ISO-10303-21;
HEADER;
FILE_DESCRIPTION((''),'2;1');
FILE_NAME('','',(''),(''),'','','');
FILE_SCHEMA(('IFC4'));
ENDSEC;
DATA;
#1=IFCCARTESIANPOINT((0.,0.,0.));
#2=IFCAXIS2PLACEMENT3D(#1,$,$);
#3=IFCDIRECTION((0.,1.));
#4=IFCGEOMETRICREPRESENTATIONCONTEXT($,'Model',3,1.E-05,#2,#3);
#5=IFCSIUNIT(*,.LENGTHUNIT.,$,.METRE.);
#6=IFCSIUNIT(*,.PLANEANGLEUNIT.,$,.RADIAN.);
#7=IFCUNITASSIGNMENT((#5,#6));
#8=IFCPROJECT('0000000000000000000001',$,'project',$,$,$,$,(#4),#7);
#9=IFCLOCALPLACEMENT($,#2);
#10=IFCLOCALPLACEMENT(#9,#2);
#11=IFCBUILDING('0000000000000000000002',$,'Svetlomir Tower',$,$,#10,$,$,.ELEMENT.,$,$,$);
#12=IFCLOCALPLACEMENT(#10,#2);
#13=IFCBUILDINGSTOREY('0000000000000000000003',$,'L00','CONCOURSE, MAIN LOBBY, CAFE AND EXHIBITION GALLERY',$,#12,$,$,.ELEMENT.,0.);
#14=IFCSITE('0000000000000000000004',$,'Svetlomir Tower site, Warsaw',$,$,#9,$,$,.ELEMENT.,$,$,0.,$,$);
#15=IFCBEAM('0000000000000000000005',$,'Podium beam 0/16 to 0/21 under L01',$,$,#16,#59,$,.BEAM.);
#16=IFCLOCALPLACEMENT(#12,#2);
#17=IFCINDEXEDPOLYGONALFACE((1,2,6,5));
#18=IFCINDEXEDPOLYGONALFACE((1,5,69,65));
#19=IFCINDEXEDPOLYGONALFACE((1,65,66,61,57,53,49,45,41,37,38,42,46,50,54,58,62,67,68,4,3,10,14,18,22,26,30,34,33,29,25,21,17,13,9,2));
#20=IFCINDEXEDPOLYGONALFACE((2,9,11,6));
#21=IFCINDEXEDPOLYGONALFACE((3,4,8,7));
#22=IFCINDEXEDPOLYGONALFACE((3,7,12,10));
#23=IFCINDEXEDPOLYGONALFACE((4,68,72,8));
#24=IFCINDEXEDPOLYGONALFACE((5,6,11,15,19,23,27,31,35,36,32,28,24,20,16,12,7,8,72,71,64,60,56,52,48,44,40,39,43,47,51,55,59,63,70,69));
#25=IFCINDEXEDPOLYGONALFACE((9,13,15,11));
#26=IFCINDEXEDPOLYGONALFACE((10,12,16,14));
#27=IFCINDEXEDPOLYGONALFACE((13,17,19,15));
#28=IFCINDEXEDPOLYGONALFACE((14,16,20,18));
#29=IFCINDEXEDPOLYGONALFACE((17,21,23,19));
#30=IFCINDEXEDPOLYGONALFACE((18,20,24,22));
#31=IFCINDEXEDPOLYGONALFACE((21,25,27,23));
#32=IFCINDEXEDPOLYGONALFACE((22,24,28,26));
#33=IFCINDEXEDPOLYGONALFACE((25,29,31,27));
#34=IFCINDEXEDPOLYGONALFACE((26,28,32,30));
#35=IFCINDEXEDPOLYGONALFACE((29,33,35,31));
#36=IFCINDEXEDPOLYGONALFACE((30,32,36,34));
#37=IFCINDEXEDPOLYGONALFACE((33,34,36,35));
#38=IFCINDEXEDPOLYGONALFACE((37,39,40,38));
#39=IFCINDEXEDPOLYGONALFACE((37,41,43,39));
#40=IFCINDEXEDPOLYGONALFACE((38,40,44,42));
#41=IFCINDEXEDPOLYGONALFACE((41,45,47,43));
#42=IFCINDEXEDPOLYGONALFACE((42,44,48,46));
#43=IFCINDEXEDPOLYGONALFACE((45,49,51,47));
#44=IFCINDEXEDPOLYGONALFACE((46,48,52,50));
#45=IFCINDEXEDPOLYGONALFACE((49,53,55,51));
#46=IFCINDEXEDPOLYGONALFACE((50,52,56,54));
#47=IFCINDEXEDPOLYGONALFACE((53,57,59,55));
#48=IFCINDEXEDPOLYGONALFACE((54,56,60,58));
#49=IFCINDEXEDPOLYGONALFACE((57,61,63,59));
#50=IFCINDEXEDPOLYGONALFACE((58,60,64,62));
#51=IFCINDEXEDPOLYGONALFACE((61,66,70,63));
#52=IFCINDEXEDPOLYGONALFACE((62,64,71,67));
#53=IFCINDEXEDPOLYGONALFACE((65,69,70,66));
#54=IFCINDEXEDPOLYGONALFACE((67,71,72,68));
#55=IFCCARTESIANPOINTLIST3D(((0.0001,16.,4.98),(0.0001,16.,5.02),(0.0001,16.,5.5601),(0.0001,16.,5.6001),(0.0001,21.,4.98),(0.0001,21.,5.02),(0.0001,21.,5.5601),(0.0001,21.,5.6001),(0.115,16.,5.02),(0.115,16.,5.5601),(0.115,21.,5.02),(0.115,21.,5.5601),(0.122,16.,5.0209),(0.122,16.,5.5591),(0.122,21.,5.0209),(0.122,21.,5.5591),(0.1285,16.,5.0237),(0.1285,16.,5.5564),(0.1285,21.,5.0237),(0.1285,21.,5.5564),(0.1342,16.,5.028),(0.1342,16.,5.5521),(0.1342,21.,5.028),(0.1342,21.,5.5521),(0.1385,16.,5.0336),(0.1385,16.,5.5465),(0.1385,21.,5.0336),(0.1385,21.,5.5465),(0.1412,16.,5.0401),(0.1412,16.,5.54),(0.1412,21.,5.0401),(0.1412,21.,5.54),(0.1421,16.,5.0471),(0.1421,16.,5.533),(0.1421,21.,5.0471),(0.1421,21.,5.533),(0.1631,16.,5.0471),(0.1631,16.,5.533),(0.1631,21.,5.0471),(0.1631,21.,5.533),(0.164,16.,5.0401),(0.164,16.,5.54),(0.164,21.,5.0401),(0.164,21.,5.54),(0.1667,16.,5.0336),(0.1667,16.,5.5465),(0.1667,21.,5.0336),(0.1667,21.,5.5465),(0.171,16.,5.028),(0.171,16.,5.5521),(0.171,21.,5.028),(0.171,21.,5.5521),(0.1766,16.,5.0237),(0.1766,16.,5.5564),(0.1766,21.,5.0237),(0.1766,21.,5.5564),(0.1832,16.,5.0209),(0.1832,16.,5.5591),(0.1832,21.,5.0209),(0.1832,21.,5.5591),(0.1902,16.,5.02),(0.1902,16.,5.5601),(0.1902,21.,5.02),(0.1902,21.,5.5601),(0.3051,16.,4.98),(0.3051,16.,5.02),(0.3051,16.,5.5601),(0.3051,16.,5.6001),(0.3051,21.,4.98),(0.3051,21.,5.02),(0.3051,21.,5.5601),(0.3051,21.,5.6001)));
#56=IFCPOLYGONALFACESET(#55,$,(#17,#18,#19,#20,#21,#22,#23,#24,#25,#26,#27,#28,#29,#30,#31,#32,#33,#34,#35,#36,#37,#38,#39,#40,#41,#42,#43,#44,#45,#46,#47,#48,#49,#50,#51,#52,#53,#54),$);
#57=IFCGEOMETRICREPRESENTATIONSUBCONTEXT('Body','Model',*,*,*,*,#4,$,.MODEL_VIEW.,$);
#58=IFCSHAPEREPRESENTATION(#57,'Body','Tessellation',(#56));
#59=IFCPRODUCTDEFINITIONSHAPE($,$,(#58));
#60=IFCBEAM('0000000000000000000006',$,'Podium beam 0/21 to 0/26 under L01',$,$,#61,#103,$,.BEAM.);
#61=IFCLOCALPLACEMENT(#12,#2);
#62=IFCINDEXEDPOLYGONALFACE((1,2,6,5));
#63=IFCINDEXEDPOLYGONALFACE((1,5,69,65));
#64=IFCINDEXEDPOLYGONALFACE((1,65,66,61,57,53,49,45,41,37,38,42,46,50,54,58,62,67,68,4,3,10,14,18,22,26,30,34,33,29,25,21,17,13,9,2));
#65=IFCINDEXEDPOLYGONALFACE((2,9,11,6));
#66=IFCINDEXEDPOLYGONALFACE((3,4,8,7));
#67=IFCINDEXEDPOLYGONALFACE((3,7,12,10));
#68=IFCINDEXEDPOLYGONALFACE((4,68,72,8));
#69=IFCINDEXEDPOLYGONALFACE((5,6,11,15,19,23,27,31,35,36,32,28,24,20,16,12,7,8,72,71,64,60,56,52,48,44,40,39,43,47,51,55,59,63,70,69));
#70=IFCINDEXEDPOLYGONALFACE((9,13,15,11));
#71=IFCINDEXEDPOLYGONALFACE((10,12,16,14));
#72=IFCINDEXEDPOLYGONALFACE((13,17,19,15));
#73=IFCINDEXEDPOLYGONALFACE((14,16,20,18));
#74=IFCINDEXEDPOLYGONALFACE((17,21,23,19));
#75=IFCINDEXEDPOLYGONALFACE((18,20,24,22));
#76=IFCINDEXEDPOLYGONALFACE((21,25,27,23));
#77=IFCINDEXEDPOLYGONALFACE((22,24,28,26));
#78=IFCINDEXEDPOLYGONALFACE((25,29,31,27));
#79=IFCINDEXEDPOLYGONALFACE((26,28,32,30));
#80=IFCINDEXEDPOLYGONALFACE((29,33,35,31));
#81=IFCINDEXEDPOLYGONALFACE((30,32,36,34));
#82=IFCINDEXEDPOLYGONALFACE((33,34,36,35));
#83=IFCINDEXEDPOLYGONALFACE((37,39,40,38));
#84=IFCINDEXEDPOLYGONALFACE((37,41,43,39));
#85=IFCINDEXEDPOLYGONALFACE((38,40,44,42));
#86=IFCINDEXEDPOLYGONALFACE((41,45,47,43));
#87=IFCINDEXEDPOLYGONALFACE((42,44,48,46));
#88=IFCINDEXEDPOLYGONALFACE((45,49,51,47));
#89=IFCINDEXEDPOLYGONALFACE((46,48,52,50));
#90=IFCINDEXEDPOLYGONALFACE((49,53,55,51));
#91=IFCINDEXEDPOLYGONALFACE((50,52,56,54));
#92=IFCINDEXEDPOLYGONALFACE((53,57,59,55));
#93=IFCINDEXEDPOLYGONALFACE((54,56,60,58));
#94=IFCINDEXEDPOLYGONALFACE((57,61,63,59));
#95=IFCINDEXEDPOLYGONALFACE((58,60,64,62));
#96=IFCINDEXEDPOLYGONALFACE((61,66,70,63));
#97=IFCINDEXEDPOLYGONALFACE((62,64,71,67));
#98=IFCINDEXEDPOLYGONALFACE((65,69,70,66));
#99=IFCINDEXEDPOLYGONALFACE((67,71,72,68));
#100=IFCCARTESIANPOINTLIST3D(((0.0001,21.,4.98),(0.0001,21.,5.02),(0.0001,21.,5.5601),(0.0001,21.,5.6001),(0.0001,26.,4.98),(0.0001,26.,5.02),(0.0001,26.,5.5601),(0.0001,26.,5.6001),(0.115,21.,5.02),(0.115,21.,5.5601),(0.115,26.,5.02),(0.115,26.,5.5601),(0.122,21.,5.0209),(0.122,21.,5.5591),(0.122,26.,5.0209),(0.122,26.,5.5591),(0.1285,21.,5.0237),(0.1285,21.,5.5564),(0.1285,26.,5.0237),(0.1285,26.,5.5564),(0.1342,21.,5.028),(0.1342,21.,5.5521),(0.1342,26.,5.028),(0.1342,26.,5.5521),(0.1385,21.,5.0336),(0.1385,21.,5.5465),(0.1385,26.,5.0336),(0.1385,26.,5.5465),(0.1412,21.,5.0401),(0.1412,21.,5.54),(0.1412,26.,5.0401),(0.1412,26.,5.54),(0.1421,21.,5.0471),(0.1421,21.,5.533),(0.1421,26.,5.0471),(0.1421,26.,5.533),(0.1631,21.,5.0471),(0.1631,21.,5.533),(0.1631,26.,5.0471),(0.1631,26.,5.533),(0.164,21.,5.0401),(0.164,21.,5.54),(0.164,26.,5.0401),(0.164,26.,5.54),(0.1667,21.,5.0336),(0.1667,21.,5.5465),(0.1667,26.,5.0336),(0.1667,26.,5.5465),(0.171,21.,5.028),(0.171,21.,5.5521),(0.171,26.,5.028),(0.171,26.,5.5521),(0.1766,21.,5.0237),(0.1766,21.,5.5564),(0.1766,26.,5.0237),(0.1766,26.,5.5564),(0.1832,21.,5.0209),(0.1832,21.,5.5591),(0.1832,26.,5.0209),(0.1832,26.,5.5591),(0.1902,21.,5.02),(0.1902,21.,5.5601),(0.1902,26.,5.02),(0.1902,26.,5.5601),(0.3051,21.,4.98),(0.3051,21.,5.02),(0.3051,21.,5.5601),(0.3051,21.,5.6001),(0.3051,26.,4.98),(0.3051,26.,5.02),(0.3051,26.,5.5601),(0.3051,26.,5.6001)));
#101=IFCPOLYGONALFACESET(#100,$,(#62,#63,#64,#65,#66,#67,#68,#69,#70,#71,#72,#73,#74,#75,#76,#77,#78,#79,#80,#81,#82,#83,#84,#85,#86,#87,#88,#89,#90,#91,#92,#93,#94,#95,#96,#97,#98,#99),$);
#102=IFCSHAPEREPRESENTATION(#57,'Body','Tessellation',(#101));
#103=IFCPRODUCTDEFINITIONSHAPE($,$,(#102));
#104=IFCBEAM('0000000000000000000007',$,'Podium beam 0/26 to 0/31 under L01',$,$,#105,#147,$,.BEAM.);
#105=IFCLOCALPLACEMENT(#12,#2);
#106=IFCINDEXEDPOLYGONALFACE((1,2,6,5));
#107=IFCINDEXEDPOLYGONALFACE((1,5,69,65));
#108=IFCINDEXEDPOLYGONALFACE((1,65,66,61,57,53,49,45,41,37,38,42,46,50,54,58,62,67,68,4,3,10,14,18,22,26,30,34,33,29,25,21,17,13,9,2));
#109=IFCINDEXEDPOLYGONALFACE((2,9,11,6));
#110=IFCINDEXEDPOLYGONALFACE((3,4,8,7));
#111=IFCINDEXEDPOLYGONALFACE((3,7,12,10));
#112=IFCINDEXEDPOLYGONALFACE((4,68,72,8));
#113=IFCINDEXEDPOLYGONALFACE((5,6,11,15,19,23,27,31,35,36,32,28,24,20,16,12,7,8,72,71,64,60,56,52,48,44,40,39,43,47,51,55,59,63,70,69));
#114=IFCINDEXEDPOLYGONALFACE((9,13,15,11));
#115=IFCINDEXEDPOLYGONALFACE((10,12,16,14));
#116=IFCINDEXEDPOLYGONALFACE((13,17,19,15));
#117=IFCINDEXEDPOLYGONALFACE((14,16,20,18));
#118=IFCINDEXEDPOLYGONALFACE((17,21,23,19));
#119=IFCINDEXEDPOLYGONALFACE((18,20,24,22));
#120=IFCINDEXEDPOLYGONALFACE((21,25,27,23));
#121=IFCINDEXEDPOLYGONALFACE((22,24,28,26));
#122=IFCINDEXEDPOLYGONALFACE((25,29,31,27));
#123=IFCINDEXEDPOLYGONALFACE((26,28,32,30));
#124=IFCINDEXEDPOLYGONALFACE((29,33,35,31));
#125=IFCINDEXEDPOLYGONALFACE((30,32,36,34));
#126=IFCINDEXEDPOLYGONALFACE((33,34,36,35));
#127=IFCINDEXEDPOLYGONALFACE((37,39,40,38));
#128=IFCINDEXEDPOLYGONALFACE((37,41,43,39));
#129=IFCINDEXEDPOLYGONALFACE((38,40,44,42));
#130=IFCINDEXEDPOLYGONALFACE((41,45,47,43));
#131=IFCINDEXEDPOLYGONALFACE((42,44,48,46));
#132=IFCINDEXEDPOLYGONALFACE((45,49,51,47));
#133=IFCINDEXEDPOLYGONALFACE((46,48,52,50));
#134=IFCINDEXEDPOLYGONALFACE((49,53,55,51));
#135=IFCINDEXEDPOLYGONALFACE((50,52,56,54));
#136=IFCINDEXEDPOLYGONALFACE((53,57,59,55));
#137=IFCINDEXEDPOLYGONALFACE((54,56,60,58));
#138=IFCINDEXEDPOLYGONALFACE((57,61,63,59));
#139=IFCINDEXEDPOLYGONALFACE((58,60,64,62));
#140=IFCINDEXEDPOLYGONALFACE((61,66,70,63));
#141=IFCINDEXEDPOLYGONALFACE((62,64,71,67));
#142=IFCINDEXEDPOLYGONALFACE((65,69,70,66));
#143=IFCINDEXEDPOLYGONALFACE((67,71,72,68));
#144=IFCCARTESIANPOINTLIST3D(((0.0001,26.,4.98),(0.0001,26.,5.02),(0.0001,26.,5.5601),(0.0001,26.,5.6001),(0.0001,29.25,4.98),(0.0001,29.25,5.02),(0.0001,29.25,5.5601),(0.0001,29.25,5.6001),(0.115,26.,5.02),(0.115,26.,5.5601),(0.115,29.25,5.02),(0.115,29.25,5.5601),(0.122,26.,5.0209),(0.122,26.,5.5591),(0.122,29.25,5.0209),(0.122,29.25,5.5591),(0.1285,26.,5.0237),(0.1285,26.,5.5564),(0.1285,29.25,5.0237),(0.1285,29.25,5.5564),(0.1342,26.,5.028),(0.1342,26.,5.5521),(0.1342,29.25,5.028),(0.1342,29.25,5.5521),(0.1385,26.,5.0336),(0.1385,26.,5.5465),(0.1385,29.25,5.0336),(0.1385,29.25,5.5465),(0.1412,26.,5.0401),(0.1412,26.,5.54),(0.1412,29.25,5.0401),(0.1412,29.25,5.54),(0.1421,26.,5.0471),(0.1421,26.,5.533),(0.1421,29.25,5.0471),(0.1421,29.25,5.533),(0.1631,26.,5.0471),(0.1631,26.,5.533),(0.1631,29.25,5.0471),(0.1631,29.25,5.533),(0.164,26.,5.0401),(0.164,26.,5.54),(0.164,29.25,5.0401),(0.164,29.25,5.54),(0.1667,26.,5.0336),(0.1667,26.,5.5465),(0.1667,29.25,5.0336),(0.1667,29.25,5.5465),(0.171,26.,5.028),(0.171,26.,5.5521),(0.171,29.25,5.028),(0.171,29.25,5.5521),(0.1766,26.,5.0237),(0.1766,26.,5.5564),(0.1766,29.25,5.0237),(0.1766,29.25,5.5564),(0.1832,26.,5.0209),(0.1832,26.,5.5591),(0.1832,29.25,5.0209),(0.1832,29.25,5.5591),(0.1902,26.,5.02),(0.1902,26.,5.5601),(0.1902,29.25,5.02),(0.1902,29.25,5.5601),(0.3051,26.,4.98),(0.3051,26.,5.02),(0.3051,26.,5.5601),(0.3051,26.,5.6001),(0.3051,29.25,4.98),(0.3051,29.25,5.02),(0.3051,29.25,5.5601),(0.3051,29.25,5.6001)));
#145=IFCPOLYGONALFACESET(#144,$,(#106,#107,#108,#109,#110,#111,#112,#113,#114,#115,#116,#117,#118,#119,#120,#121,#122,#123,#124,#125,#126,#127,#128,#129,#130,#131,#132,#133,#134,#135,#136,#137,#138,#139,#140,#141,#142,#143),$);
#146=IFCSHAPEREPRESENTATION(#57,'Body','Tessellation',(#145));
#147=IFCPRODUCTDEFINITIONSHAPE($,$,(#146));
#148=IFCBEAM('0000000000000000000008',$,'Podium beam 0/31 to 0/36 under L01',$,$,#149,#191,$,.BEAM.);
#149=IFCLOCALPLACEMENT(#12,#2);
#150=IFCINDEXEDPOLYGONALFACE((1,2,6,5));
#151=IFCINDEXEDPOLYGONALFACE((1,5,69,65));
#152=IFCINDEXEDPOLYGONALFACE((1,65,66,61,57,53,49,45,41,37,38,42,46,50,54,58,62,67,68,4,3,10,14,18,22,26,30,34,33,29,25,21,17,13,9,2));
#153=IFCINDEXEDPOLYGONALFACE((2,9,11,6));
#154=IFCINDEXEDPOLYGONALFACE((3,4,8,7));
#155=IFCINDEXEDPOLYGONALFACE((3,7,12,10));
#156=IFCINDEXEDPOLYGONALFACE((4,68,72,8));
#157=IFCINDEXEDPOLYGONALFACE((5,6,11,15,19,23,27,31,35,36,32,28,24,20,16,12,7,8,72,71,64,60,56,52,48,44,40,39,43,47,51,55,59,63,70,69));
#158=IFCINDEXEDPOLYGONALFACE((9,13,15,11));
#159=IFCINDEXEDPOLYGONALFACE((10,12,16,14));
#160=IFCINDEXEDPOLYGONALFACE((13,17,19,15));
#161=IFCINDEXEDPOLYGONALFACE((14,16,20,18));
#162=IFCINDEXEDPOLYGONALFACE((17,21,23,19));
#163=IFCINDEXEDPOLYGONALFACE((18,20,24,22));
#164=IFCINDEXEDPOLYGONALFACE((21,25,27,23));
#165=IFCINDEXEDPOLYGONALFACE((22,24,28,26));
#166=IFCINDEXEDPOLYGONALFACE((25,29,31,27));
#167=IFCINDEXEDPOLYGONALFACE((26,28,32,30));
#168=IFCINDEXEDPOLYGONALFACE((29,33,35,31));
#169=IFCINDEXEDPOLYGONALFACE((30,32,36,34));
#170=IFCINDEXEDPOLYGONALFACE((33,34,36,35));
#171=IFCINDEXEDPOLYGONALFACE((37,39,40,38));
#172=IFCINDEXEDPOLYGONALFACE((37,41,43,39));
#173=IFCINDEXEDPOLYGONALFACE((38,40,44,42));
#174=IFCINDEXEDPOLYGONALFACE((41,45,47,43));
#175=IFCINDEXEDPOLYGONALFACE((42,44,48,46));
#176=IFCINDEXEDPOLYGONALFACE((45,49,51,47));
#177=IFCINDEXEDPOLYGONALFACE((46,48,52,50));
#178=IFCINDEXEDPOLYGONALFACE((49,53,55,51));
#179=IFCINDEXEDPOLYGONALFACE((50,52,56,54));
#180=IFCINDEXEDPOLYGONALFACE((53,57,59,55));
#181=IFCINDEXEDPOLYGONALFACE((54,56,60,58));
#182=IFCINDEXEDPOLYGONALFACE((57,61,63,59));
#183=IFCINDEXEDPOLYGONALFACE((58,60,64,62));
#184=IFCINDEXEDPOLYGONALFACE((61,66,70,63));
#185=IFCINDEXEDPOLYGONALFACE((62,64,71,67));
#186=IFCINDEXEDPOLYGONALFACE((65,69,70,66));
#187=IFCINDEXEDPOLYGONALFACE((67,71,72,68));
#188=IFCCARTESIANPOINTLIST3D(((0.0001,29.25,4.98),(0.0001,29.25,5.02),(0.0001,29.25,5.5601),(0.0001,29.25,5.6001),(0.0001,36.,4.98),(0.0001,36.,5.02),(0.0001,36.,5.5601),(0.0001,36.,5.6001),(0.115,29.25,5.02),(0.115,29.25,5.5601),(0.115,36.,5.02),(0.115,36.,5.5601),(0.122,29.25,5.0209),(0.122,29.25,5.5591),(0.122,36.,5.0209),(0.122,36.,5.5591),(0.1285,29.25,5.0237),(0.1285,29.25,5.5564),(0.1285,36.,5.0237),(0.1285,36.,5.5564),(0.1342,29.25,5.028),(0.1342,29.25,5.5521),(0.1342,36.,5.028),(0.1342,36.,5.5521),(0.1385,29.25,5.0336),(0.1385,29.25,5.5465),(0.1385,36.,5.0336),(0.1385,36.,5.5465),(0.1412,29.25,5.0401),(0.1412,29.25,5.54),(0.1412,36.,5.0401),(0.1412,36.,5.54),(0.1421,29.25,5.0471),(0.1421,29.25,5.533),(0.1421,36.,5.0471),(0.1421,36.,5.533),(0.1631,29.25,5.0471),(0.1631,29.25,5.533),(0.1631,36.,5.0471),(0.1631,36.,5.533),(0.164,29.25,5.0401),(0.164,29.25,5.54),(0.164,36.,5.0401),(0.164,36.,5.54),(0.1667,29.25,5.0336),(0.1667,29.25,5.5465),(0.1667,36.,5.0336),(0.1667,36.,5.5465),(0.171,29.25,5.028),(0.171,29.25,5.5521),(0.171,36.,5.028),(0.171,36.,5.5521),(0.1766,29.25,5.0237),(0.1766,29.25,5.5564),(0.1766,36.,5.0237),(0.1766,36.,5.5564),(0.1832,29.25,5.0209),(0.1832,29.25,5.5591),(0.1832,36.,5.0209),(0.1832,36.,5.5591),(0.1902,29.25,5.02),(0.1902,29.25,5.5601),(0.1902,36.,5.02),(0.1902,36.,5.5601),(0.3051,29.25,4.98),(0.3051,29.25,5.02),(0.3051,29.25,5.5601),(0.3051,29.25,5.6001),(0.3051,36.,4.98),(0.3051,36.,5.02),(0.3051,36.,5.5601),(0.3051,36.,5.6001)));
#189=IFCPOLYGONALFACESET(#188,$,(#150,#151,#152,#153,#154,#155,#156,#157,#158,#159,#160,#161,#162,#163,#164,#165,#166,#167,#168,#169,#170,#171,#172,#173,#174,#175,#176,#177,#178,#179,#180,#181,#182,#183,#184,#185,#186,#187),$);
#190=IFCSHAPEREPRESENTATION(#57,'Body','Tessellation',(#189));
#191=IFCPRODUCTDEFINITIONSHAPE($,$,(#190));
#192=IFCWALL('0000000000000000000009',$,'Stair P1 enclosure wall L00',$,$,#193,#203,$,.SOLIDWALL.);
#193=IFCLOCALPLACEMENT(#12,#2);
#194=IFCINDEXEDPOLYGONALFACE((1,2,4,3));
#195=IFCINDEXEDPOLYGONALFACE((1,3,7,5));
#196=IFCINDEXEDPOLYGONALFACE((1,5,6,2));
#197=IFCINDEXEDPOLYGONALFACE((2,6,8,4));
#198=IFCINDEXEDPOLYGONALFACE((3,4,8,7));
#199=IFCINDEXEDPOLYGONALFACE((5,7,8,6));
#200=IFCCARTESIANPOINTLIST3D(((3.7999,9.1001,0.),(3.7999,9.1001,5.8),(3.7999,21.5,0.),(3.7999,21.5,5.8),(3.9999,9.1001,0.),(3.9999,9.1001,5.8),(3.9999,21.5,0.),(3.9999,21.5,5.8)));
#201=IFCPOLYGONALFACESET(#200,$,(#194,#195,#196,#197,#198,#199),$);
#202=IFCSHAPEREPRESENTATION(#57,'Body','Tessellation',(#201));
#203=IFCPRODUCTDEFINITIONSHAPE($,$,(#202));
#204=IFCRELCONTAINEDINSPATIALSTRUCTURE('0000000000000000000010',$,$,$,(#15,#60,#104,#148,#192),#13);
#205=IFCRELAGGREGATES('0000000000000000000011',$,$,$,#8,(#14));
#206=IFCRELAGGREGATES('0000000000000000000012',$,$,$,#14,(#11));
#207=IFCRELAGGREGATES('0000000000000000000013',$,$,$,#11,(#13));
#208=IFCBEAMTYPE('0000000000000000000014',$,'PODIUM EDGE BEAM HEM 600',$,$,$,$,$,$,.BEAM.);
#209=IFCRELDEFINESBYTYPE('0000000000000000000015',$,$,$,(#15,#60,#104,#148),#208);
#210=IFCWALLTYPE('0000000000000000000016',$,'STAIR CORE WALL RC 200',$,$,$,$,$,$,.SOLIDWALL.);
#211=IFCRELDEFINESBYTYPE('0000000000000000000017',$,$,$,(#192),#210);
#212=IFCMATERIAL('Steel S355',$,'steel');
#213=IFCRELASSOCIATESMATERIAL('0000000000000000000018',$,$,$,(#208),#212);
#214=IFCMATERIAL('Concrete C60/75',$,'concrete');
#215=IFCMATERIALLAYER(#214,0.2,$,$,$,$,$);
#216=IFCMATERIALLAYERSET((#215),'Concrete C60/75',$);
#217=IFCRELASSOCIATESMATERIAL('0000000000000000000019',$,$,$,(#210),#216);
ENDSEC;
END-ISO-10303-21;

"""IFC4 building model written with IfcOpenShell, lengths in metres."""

from ifc_helpers import new_model, si_unit, direction, frame, frame_2d, origin, origin_2d, place, context, subcontext, project, spatial, rectangle, i_section, extrude, material, layer, layer_set, material_profile, profile_set, type_object, element, save


model = new_model("IFC4")

# Units and contexts
model_context = context("Model", 3, precision=1e-05, world=origin(), true_north=direction((0.0, 1.0)))
body_context = subcontext(model_context, "Body", "Model", "MODEL_VIEW")
ifc_project = project(units=[si_unit("LENGTHUNIT", "METRE"), si_unit("PLANEANGLEUNIT", "RADIAN")], contexts=[model_context])

# Site, building, storey
site_placement = place(None, origin())
site = spatial("IfcSite", under=ifc_project, at=site_placement, Name="Svetlomir Tower site, Warsaw", CompositionType="ELEMENT", RefElevation=0.0)
building_placement = place(site_placement, origin())
building = spatial("IfcBuilding", under=site, at=building_placement, Name="Svetlomir Tower", CompositionType="ELEMENT")
storey_placement = place(building_placement, origin())
storey = spatial("IfcBuildingStorey", under=building, at=storey_placement, Name="L00", Description="CONCOURSE, MAIN LOBBY, CAFE AND EXHIBITION GALLERY", CompositionType="ELEMENT", Elevation=0.0)

# Beams
ifc_material_1 = material(Name="Steel S355", Category="steel")
ifc_material_profile_1 = material_profile(ifc_material_1, i_section(OverallWidth=0.3049, OverallDepth=0.6201, WebThickness=0.021, FlangeThickness=0.04, FilletRadius=0.0271, at=origin_2d()), Name="HEM 600")
ifc_profile_set_1 = profile_set([ifc_material_profile_1], Name="Steel S355")
beam_type_1 = type_object("IfcBeamType", Name="PODIUM EDGE BEAM HEM 600", PredefinedType="BEAM", material=ifc_profile_set_1)
for number, where, z_axis, x_axis, name in (
    (1, (0.1526, 16.0, 5.29), (0.0, 1.0, 0.0), (-1.0, 0.0, 0.0), "Podium beam 0/16 to 0/21 under L01"),
    (2, (0.1526, 21.0, 5.29), (0.0, 1.0, 0.0), (-1.0, 0.0, 0.0), "Podium beam 0/21 to 0/26 under L01"),
):
    element("IfcBeam", number, at=place(storey_placement, frame(where, z_axis=z_axis, x_axis=x_axis)), inside=storey, type_object=beam_type_1, Name=name, PredefinedType="BEAM", context=body_context, shape_type="SweptSolid", body=[
        extrude(i_section(OverallWidth=0.3049, OverallDepth=0.6201, WebThickness=0.021, FlangeThickness=0.04, FilletRadius=0.0271, at=origin_2d()), origin(), (0.0, 0.0, 1.0), 5.0),
    ])
beam_1_placement = place(storey_placement, frame((0.1526, 26.0, 5.29), z_axis=(0.0, 1.0, 0.0), x_axis=(-1.0, 0.0, 0.0)))
element("IfcBeam", 3, at=beam_1_placement, inside=storey, type_object=beam_type_1, Name="Podium beam 0/26 to 0/31 under L01", PredefinedType="BEAM", context=body_context, shape_type="SweptSolid", body=[
    extrude(i_section(OverallWidth=0.3049, OverallDepth=0.6201, WebThickness=0.021, FlangeThickness=0.04, FilletRadius=0.0271, at=origin_2d()), origin(), (0.0, 0.0, 1.0), 3.25),
])
beam_2_placement = place(storey_placement, frame((0.1526, 29.25, 5.29), z_axis=(0.0, 1.0, 0.0), x_axis=(-1.0, 0.0, 0.0)))
element("IfcBeam", 4, at=beam_2_placement, inside=storey, type_object=beam_type_1, Name="Podium beam 0/31 to 0/36 under L01", PredefinedType="BEAM", context=body_context, shape_type="SweptSolid", body=[
    extrude(i_section(OverallWidth=0.3049, OverallDepth=0.6201, WebThickness=0.021, FlangeThickness=0.04, FilletRadius=0.0271, at=origin_2d()), origin(), (0.0, 0.0, 1.0), 6.75),
])

# Wall
ifc_material_2 = material(Name="Concrete C60/75", Category="concrete")
ifc_layer = layer(ifc_material_2, 0.2)
ifc_layer_set = layer_set([ifc_layer], Name="Concrete C60/75")
wall_type = type_object("IfcWallType", Name="STAIR CORE WALL RC 200", PredefinedType="SOLIDWALL", material=ifc_layer_set)
wall_placement = place(storey_placement, frame((3.8999, 21.5, 0.0), z_axis=(0.0, 0.0, 1.0), x_axis=(0.0, -1.0, 0.0)))
element("IfcWall", 5, at=wall_placement, inside=storey, type_object=wall_type, Name="Stair P1 enclosure wall L00", PredefinedType="SOLIDWALL", context=body_context, shape_type="SweptSolid", body=[
    extrude(rectangle(XDim=12.3999, YDim=0.2, at=frame_2d((6.2, 0.0))), origin(), (0.0, 0.0, 1.0), 5.8),
])

save(model, "model.ifc")
